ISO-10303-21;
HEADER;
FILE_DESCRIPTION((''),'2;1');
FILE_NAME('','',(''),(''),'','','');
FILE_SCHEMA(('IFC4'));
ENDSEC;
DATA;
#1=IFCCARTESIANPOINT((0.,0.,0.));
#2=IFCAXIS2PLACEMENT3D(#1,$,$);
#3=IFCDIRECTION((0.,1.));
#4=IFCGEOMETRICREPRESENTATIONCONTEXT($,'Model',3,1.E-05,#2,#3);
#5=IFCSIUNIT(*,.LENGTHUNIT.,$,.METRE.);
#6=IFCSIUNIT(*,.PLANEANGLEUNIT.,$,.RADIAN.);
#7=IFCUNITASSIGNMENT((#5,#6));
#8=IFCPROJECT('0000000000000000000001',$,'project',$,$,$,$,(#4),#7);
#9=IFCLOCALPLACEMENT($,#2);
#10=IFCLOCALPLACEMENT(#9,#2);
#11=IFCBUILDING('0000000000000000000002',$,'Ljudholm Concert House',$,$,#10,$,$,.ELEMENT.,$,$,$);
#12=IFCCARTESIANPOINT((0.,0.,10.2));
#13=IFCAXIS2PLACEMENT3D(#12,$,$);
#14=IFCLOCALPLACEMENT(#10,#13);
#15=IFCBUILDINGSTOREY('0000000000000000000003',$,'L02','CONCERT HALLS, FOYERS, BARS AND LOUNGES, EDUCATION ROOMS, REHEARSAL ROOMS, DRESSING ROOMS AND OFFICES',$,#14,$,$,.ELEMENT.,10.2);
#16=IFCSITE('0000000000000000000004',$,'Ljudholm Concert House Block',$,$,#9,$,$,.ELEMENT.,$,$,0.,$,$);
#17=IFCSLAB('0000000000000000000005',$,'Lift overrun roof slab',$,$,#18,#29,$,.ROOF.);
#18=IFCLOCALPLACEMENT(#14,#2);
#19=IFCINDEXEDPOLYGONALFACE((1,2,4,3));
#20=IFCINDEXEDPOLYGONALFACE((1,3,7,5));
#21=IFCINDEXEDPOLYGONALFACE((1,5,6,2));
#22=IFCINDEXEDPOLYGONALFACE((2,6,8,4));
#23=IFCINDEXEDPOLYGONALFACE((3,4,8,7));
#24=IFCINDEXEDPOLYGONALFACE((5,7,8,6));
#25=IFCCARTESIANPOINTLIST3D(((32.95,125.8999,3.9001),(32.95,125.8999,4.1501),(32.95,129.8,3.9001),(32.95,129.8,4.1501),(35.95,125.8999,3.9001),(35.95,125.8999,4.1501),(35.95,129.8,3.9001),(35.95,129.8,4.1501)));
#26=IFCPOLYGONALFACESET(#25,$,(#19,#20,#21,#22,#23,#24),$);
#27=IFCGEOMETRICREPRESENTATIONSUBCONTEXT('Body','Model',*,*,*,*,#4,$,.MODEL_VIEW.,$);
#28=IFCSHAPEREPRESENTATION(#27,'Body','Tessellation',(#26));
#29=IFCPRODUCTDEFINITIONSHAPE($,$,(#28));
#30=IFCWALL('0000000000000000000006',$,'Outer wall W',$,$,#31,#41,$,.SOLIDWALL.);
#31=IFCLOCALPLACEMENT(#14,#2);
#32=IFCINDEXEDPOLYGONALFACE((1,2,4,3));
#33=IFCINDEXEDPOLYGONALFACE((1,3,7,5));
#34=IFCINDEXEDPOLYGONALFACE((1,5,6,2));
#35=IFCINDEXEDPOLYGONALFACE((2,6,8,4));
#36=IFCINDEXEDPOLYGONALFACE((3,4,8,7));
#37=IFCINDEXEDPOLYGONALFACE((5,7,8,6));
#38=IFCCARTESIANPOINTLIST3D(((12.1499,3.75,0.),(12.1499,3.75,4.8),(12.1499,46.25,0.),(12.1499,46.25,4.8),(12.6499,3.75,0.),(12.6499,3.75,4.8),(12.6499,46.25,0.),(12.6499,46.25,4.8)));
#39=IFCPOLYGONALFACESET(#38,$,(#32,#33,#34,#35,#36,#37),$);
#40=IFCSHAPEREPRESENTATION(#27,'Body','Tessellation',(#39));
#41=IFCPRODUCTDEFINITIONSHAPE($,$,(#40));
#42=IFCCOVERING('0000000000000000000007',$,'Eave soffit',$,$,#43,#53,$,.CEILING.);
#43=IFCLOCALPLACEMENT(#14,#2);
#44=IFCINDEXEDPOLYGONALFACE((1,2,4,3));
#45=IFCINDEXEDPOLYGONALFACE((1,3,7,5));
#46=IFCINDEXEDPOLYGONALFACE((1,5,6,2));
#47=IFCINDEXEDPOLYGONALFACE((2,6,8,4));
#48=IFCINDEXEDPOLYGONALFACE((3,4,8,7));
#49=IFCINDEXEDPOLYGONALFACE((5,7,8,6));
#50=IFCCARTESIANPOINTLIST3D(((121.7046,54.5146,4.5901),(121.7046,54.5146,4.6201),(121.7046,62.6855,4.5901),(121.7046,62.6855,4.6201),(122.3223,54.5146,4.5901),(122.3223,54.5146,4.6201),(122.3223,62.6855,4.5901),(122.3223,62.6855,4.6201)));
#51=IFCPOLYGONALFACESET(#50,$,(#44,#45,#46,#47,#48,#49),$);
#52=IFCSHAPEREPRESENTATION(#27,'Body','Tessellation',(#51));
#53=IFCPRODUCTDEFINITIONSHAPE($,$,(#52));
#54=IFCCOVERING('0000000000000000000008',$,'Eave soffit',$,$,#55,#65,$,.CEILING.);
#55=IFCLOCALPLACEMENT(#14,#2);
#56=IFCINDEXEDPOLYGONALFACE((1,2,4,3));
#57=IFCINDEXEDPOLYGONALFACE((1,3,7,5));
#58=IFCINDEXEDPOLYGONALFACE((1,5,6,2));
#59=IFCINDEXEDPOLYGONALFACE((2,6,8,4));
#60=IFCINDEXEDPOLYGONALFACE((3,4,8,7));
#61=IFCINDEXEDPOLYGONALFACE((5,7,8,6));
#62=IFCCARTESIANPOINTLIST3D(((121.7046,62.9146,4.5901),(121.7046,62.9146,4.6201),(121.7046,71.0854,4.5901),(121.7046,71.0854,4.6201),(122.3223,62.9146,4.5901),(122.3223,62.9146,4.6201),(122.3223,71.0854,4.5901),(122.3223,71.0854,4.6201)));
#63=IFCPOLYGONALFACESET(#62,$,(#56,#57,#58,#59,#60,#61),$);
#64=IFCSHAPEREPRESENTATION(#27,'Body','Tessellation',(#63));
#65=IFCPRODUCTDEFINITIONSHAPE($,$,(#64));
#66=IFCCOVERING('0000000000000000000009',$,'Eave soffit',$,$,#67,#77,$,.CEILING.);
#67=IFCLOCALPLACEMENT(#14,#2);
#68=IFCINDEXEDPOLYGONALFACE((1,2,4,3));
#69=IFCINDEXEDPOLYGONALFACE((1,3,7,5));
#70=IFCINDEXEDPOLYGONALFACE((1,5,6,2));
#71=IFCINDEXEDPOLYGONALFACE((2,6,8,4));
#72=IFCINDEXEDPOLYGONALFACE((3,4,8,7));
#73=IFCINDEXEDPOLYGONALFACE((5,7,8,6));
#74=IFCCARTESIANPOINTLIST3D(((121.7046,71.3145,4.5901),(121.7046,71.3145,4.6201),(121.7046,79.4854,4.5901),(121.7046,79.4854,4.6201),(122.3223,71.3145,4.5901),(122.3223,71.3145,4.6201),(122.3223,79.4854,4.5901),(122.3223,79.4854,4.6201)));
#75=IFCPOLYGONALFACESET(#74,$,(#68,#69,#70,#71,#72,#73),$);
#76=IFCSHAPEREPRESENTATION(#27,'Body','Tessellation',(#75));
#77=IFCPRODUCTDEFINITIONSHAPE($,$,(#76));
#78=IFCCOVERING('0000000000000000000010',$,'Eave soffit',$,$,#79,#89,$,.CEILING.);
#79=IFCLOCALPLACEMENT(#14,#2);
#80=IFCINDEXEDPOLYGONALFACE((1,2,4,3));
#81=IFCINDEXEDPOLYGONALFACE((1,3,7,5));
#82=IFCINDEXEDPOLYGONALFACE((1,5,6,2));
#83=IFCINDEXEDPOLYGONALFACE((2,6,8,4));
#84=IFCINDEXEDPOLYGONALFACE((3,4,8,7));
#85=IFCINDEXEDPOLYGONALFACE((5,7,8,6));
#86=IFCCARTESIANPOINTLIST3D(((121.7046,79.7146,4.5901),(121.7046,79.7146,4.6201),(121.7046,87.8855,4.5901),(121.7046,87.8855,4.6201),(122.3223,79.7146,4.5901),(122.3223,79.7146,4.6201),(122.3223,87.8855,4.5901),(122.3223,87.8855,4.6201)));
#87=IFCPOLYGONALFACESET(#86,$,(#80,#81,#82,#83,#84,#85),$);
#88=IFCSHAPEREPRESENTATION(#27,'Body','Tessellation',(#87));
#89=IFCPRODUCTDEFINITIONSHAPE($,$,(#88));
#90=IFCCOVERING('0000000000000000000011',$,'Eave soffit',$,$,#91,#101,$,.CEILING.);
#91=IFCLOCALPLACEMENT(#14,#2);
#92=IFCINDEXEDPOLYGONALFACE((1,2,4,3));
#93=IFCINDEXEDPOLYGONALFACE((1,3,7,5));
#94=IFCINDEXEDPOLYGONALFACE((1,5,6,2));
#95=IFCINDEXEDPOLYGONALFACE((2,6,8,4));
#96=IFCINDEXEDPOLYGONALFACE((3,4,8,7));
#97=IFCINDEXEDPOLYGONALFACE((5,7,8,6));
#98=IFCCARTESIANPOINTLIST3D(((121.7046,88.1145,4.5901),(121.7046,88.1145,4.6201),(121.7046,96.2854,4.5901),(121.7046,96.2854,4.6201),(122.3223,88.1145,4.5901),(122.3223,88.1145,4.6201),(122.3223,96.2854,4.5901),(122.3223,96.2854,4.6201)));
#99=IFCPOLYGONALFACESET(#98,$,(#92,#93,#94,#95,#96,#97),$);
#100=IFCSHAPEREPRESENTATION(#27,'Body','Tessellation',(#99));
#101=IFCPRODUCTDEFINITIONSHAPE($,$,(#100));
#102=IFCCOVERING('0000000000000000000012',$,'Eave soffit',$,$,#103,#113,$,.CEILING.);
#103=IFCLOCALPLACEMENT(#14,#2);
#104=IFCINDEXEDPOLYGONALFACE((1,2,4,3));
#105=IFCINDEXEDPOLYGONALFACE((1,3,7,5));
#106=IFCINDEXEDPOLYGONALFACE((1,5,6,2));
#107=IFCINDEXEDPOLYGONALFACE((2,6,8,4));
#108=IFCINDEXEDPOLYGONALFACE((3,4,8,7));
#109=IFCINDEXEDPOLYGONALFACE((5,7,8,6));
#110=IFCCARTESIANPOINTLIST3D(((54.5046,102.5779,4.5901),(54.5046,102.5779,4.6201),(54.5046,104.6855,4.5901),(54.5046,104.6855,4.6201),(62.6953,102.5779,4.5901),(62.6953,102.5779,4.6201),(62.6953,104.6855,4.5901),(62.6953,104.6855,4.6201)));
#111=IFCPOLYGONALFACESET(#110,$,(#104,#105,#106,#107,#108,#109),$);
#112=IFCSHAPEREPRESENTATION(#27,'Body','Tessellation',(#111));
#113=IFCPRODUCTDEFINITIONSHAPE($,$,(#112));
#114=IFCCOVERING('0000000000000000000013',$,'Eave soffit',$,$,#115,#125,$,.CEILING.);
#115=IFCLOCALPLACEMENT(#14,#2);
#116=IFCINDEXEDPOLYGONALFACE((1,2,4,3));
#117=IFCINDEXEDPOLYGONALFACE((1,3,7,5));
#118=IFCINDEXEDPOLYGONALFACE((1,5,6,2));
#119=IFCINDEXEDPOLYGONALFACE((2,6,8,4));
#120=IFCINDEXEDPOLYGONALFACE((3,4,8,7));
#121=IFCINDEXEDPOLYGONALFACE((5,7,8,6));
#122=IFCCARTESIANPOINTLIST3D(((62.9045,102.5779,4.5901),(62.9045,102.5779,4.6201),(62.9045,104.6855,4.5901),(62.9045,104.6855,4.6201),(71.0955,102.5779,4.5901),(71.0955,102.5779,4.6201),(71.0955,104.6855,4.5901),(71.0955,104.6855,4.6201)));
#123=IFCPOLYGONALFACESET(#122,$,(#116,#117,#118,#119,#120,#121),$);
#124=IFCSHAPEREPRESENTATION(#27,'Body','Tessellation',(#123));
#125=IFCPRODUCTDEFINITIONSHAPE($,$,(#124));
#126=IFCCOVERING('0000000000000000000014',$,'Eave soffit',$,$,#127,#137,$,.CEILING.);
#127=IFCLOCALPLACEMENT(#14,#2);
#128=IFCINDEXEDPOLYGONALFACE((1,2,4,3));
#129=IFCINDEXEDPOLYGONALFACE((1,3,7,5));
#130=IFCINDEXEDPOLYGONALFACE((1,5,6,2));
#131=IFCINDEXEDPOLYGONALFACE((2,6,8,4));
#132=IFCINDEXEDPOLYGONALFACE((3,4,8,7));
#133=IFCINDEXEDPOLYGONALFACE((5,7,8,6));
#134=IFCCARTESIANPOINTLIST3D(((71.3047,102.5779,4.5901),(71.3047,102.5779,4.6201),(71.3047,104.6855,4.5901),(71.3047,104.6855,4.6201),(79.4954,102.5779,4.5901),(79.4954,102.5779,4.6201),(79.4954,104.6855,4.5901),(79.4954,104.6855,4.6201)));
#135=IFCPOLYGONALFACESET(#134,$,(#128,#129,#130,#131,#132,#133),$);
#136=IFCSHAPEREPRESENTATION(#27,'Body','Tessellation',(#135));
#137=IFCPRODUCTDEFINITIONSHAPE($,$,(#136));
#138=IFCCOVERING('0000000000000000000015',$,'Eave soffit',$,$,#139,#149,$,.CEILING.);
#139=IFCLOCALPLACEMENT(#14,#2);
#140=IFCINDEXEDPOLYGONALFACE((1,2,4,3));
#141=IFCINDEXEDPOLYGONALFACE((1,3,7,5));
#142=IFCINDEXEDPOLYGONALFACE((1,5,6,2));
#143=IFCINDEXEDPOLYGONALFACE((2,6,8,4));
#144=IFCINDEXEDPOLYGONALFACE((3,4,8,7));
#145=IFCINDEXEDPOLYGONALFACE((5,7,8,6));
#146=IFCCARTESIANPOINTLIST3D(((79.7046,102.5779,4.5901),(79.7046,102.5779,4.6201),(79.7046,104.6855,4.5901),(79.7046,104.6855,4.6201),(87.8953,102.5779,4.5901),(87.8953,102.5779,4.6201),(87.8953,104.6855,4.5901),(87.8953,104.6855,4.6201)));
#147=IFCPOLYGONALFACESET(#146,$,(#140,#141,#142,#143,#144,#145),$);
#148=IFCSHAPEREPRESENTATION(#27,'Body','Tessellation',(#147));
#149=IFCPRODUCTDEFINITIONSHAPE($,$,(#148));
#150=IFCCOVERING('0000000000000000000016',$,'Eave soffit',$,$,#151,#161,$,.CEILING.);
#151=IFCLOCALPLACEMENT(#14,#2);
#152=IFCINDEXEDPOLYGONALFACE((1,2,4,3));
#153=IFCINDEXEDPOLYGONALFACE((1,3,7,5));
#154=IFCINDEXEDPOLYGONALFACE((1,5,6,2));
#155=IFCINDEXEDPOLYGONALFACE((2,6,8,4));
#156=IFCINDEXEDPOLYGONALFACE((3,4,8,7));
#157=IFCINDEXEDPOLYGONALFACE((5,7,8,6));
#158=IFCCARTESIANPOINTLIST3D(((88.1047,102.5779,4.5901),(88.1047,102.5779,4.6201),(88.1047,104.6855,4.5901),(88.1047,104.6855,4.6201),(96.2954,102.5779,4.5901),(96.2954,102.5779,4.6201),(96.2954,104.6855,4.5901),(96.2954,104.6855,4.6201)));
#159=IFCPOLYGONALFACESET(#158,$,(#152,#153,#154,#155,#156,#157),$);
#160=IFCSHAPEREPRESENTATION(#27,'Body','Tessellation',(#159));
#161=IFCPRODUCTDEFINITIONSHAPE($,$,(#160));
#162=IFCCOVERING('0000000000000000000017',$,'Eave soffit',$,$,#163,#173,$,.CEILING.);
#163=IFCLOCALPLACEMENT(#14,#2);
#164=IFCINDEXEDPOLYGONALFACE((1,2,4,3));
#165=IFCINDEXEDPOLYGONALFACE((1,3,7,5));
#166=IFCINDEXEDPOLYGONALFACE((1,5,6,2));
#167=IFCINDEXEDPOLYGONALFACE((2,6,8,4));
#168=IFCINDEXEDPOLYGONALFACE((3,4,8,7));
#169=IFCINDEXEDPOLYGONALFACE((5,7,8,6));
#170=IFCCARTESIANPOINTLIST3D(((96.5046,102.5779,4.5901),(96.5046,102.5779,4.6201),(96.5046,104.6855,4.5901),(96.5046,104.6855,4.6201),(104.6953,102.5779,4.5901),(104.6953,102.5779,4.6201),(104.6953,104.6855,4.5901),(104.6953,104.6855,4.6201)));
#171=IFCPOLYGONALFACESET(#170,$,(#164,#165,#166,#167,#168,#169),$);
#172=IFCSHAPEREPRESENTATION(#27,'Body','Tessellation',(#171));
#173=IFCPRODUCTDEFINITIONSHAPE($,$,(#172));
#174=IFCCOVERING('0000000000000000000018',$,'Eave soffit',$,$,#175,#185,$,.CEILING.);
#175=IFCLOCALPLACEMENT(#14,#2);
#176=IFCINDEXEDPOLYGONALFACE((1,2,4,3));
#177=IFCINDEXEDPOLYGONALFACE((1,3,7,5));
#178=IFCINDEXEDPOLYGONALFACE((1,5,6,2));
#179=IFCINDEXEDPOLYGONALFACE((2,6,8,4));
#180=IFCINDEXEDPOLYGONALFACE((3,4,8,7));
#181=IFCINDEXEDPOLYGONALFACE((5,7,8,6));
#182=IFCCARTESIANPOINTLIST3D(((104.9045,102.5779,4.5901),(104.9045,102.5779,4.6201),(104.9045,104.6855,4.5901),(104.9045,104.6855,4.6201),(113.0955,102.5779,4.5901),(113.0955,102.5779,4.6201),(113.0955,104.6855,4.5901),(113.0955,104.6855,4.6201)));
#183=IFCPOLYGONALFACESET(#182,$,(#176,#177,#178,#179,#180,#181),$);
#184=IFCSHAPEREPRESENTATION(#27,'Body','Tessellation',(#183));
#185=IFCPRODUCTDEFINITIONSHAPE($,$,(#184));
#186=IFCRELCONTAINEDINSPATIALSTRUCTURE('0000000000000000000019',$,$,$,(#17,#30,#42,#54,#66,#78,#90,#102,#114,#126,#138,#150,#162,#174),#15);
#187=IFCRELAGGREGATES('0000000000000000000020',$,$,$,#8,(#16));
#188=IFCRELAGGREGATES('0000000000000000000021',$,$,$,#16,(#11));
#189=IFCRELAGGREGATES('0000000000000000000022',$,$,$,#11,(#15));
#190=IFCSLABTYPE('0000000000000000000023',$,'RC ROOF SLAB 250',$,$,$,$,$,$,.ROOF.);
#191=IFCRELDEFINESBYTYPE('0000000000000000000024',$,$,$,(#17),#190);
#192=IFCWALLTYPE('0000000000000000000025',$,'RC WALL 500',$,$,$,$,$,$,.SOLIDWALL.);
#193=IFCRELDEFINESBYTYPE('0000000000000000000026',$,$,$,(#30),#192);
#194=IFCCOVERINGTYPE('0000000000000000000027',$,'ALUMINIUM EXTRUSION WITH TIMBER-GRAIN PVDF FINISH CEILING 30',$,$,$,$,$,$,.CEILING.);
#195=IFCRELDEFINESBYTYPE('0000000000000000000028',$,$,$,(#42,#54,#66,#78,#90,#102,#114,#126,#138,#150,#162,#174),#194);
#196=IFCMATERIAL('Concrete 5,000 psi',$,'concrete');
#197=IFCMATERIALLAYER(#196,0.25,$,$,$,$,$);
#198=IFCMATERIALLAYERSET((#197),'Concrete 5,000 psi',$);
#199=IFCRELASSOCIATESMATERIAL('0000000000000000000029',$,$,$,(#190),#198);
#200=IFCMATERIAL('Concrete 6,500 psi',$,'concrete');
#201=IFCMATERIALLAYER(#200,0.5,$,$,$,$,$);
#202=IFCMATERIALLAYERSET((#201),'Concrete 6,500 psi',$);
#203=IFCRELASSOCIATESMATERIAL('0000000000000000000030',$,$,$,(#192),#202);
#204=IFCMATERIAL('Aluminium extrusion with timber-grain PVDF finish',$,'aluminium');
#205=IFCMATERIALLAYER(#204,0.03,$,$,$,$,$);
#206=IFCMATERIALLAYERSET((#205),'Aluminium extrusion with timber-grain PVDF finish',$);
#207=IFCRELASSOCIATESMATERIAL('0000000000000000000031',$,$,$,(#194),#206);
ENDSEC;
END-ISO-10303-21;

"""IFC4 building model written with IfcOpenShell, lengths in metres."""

from ifc_helpers import new_model, si_unit, direction, frame, frame_2d, origin, place, context, subcontext, project, spatial, polyline, rectangle, outline, extrude, material, layer, layer_set, type_object, element, save


model = new_model("IFC4")

# Units and contexts
model_context = context("Model", 3, precision=1e-05, world=origin(), true_north=direction((0.0, 1.0)))
body_context = subcontext(model_context, "Body", "Model", "MODEL_VIEW")
ifc_project = project(units=[si_unit("LENGTHUNIT", "METRE"), si_unit("PLANEANGLEUNIT", "RADIAN")], contexts=[model_context])

# Site, building, storey
site_placement = place(None, origin())
site = spatial("IfcSite", under=ifc_project, at=site_placement, Name="Ljudholm Concert House Block", CompositionType="ELEMENT", RefElevation=0.0)
building_placement = place(site_placement, origin())
building = spatial("IfcBuilding", under=site, at=building_placement, Name="Ljudholm Concert House", CompositionType="ELEMENT")
storey_placement = place(building_placement, frame((0.0, 0.0, 10.2)))
storey = spatial("IfcBuildingStorey", under=building, at=storey_placement, Name="L02", Description="CONCERT HALLS, FOYERS, BARS AND LOUNGES, EDUCATION ROOMS, REHEARSAL ROOMS, DRESSING ROOMS AND OFFICES", CompositionType="ELEMENT", Elevation=10.2)

# Slab
ifc_material_1 = material(Name="Concrete 5,000 psi", Category="concrete")
ifc_layer_1 = layer(ifc_material_1, 0.25)
ifc_layer_set_1 = layer_set([ifc_layer_1], Name="Concrete 5,000 psi")
slab_type = type_object("IfcSlabType", Name="RC ROOF SLAB 250", PredefinedType="ROOF", material=ifc_layer_set_1)
slab_placement = place(storey_placement, frame((0.0, 0.0, 3.9001)))
element("IfcSlab", 1, at=slab_placement, inside=storey, type_object=slab_type, Name="Lift overrun roof slab", PredefinedType="ROOF", context=body_context, shape_type="SweptSolid", body=[
    extrude(outline(polyline([(32.95, 125.8999), (35.95, 125.8999), (35.95, 129.8), (32.95, 129.8), (32.95, 125.8999)])), origin(), (0.0, 0.0, 1.0), 0.25),
])

# Wall
ifc_material_2 = material(Name="Concrete 6,500 psi", Category="concrete")
ifc_layer_2 = layer(ifc_material_2, 0.5)
ifc_layer_set_2 = layer_set([ifc_layer_2], Name="Concrete 6,500 psi")
wall_type = type_object("IfcWallType", Name="RC WALL 500", PredefinedType="SOLIDWALL", material=ifc_layer_set_2)
wall_placement = place(storey_placement, frame((12.3999, 3.75, 0.0), z_axis=(0.0, 0.0, 1.0), x_axis=(0.0, 1.0, 0.0)))
element("IfcWall", 2, at=wall_placement, inside=storey, type_object=wall_type, Name="Outer wall W", PredefinedType="SOLIDWALL", context=body_context, shape_type="SweptSolid", body=[
    extrude(rectangle(XDim=42.5, YDim=0.5, at=frame_2d((21.25, 0.0))), origin(), (0.0, 0.0, 1.0), 4.8),
])

# Coverings
ifc_material_3 = material(Name="Aluminium extrusion with timber-grain PVDF finish", Category="aluminium")
ifc_layer_3 = layer(ifc_material_3, 0.03)
ifc_layer_set_3 = layer_set([ifc_layer_3], Name="Aluminium extrusion with timber-grain PVDF finish")
covering_type_1 = type_object("IfcCoveringType", Name="ALUMINIUM EXTRUSION WITH TIMBER-GRAIN PVDF FINISH CEILING 30", PredefinedType="CEILING", material=ifc_layer_set_3)
covering_1_placement = place(storey_placement, frame((0.0, 0.0, 4.5901)))
element("IfcCovering", 3, at=covering_1_placement, inside=storey, type_object=covering_type_1, Name="Eave soffit", PredefinedType="CEILING", context=body_context, shape_type="SweptSolid", body=[
    extrude(outline(polyline([(121.7046, 54.5146), (122.3223, 54.5146), (122.3223, 62.6855), (121.7046, 62.6855), (121.7046, 54.5146)])), origin(), (0.0, 0.0, 1.0), 0.03),
])
covering_2_placement = place(storey_placement, frame((0.0, 0.0, 4.5901)))
element("IfcCovering", 4, at=covering_2_placement, inside=storey, type_object=covering_type_1, Name="Eave soffit", PredefinedType="CEILING", context=body_context, shape_type="SweptSolid", body=[
    extrude(outline(polyline([(121.7046, 62.9146), (122.3223, 62.9146), (122.3223, 71.0854), (121.7046, 71.0854), (121.7046, 62.9146)])), origin(), (0.0, 0.0, 1.0), 0.03),
])
covering_3_placement = place(storey_placement, frame((0.0, 0.0, 4.5901)))
element("IfcCovering", 5, at=covering_3_placement, inside=storey, type_object=covering_type_1, Name="Eave soffit", PredefinedType="CEILING", context=body_context, shape_type="SweptSolid", body=[
    extrude(outline(polyline([(121.7046, 71.3145), (122.3223, 71.3145), (122.3223, 79.4854), (121.7046, 79.4854), (121.7046, 71.3145)])), origin(), (0.0, 0.0, 1.0), 0.03),
])
covering_4_placement = place(storey_placement, frame((0.0, 0.0, 4.5901)))
element("IfcCovering", 6, at=covering_4_placement, inside=storey, type_object=covering_type_1, Name="Eave soffit", PredefinedType="CEILING", context=body_context, shape_type="SweptSolid", body=[
    extrude(outline(polyline([(121.7046, 79.7146), (122.3223, 79.7146), (122.3223, 87.8855), (121.7046, 87.8855), (121.7046, 79.7146)])), origin(), (0.0, 0.0, 1.0), 0.03),
])
covering_5_placement = place(storey_placement, frame((0.0, 0.0, 4.5901)))
element("IfcCovering", 7, at=covering_5_placement, inside=storey, type_object=covering_type_1, Name="Eave soffit", PredefinedType="CEILING", context=body_context, shape_type="SweptSolid", body=[
    extrude(outline(polyline([(121.7046, 88.1145), (122.3223, 88.1145), (122.3223, 96.2854), (121.7046, 96.2854), (121.7046, 88.1145)])), origin(), (0.0, 0.0, 1.0), 0.03),
])
covering_6_placement = place(storey_placement, frame((0.0, 0.0, 4.5901)))
element("IfcCovering", 8, at=covering_6_placement, inside=storey, type_object=covering_type_1, Name="Eave soffit", PredefinedType="CEILING", context=body_context, shape_type="SweptSolid", body=[
    extrude(outline(polyline([(54.5046, 102.5779), (62.6953, 102.5779), (62.6953, 104.6855), (54.5046, 104.6855), (54.5046, 102.5779)])), origin(), (0.0, 0.0, 1.0), 0.03),
])
covering_7_placement = place(storey_placement, frame((0.0, 0.0, 4.5901)))
element("IfcCovering", 9, at=covering_7_placement, inside=storey, type_object=covering_type_1, Name="Eave soffit", PredefinedType="CEILING", context=body_context, shape_type="SweptSolid", body=[
    extrude(outline(polyline([(62.9045, 102.5779), (71.0955, 102.5779), (71.0955, 104.6855), (62.9045, 104.6855), (62.9045, 102.5779)])), origin(), (0.0, 0.0, 1.0), 0.03),
])
covering_8_placement = place(storey_placement, frame((0.0, 0.0, 4.5901)))
element("IfcCovering", 10, at=covering_8_placement, inside=storey, type_object=covering_type_1, Name="Eave soffit", PredefinedType="CEILING", context=body_context, shape_type="SweptSolid", body=[
    extrude(outline(polyline([(71.3047, 102.5779), (79.4954, 102.5779), (79.4954, 104.6855), (71.3047, 104.6855), (71.3047, 102.5779)])), origin(), (0.0, 0.0, 1.0), 0.03),
])
covering_9_placement = place(storey_placement, frame((0.0, 0.0, 4.5901)))
element("IfcCovering", 11, at=covering_9_placement, inside=storey, type_object=covering_type_1, Name="Eave soffit", PredefinedType="CEILING", context=body_context, shape_type="SweptSolid", body=[
    extrude(outline(polyline([(79.7046, 102.5779), (87.8953, 102.5779), (87.8953, 104.6855), (79.7046, 104.6855), (79.7046, 102.5779)])), origin(), (0.0, 0.0, 1.0), 0.03),
])
covering_10_placement = place(storey_placement, frame((0.0, 0.0, 4.5901)))
element("IfcCovering", 12, at=covering_10_placement, inside=storey, type_object=covering_type_1, Name="Eave soffit", PredefinedType="CEILING", context=body_context, shape_type="SweptSolid", body=[
    extrude(outline(polyline([(88.1047, 102.5779), (96.2954, 102.5779), (96.2954, 104.6855), (88.1047, 104.6855), (88.1047, 102.5779)])), origin(), (0.0, 0.0, 1.0), 0.03),
])
covering_11_placement = place(storey_placement, frame((0.0, 0.0, 4.5901)))
element("IfcCovering", 13, at=covering_11_placement, inside=storey, type_object=covering_type_1, Name="Eave soffit", PredefinedType="CEILING", context=body_context, shape_type="SweptSolid", body=[
    extrude(outline(polyline([(96.5046, 102.5779), (104.6953, 102.5779), (104.6953, 104.6855), (96.5046, 104.6855), (96.5046, 102.5779)])), origin(), (0.0, 0.0, 1.0), 0.03),
])
covering_12_placement = place(storey_placement, frame((0.0, 0.0, 4.5901)))
element("IfcCovering", 14, at=covering_12_placement, inside=storey, type_object=covering_type_1, Name="Eave soffit", PredefinedType="CEILING", context=body_context, shape_type="SweptSolid", body=[
    extrude(outline(polyline([(104.9045, 102.5779), (113.0955, 102.5779), (113.0955, 104.6855), (104.9045, 104.6855), (104.9045, 102.5779)])), origin(), (0.0, 0.0, 1.0), 0.03),
])

save(model, "model.ifc")
